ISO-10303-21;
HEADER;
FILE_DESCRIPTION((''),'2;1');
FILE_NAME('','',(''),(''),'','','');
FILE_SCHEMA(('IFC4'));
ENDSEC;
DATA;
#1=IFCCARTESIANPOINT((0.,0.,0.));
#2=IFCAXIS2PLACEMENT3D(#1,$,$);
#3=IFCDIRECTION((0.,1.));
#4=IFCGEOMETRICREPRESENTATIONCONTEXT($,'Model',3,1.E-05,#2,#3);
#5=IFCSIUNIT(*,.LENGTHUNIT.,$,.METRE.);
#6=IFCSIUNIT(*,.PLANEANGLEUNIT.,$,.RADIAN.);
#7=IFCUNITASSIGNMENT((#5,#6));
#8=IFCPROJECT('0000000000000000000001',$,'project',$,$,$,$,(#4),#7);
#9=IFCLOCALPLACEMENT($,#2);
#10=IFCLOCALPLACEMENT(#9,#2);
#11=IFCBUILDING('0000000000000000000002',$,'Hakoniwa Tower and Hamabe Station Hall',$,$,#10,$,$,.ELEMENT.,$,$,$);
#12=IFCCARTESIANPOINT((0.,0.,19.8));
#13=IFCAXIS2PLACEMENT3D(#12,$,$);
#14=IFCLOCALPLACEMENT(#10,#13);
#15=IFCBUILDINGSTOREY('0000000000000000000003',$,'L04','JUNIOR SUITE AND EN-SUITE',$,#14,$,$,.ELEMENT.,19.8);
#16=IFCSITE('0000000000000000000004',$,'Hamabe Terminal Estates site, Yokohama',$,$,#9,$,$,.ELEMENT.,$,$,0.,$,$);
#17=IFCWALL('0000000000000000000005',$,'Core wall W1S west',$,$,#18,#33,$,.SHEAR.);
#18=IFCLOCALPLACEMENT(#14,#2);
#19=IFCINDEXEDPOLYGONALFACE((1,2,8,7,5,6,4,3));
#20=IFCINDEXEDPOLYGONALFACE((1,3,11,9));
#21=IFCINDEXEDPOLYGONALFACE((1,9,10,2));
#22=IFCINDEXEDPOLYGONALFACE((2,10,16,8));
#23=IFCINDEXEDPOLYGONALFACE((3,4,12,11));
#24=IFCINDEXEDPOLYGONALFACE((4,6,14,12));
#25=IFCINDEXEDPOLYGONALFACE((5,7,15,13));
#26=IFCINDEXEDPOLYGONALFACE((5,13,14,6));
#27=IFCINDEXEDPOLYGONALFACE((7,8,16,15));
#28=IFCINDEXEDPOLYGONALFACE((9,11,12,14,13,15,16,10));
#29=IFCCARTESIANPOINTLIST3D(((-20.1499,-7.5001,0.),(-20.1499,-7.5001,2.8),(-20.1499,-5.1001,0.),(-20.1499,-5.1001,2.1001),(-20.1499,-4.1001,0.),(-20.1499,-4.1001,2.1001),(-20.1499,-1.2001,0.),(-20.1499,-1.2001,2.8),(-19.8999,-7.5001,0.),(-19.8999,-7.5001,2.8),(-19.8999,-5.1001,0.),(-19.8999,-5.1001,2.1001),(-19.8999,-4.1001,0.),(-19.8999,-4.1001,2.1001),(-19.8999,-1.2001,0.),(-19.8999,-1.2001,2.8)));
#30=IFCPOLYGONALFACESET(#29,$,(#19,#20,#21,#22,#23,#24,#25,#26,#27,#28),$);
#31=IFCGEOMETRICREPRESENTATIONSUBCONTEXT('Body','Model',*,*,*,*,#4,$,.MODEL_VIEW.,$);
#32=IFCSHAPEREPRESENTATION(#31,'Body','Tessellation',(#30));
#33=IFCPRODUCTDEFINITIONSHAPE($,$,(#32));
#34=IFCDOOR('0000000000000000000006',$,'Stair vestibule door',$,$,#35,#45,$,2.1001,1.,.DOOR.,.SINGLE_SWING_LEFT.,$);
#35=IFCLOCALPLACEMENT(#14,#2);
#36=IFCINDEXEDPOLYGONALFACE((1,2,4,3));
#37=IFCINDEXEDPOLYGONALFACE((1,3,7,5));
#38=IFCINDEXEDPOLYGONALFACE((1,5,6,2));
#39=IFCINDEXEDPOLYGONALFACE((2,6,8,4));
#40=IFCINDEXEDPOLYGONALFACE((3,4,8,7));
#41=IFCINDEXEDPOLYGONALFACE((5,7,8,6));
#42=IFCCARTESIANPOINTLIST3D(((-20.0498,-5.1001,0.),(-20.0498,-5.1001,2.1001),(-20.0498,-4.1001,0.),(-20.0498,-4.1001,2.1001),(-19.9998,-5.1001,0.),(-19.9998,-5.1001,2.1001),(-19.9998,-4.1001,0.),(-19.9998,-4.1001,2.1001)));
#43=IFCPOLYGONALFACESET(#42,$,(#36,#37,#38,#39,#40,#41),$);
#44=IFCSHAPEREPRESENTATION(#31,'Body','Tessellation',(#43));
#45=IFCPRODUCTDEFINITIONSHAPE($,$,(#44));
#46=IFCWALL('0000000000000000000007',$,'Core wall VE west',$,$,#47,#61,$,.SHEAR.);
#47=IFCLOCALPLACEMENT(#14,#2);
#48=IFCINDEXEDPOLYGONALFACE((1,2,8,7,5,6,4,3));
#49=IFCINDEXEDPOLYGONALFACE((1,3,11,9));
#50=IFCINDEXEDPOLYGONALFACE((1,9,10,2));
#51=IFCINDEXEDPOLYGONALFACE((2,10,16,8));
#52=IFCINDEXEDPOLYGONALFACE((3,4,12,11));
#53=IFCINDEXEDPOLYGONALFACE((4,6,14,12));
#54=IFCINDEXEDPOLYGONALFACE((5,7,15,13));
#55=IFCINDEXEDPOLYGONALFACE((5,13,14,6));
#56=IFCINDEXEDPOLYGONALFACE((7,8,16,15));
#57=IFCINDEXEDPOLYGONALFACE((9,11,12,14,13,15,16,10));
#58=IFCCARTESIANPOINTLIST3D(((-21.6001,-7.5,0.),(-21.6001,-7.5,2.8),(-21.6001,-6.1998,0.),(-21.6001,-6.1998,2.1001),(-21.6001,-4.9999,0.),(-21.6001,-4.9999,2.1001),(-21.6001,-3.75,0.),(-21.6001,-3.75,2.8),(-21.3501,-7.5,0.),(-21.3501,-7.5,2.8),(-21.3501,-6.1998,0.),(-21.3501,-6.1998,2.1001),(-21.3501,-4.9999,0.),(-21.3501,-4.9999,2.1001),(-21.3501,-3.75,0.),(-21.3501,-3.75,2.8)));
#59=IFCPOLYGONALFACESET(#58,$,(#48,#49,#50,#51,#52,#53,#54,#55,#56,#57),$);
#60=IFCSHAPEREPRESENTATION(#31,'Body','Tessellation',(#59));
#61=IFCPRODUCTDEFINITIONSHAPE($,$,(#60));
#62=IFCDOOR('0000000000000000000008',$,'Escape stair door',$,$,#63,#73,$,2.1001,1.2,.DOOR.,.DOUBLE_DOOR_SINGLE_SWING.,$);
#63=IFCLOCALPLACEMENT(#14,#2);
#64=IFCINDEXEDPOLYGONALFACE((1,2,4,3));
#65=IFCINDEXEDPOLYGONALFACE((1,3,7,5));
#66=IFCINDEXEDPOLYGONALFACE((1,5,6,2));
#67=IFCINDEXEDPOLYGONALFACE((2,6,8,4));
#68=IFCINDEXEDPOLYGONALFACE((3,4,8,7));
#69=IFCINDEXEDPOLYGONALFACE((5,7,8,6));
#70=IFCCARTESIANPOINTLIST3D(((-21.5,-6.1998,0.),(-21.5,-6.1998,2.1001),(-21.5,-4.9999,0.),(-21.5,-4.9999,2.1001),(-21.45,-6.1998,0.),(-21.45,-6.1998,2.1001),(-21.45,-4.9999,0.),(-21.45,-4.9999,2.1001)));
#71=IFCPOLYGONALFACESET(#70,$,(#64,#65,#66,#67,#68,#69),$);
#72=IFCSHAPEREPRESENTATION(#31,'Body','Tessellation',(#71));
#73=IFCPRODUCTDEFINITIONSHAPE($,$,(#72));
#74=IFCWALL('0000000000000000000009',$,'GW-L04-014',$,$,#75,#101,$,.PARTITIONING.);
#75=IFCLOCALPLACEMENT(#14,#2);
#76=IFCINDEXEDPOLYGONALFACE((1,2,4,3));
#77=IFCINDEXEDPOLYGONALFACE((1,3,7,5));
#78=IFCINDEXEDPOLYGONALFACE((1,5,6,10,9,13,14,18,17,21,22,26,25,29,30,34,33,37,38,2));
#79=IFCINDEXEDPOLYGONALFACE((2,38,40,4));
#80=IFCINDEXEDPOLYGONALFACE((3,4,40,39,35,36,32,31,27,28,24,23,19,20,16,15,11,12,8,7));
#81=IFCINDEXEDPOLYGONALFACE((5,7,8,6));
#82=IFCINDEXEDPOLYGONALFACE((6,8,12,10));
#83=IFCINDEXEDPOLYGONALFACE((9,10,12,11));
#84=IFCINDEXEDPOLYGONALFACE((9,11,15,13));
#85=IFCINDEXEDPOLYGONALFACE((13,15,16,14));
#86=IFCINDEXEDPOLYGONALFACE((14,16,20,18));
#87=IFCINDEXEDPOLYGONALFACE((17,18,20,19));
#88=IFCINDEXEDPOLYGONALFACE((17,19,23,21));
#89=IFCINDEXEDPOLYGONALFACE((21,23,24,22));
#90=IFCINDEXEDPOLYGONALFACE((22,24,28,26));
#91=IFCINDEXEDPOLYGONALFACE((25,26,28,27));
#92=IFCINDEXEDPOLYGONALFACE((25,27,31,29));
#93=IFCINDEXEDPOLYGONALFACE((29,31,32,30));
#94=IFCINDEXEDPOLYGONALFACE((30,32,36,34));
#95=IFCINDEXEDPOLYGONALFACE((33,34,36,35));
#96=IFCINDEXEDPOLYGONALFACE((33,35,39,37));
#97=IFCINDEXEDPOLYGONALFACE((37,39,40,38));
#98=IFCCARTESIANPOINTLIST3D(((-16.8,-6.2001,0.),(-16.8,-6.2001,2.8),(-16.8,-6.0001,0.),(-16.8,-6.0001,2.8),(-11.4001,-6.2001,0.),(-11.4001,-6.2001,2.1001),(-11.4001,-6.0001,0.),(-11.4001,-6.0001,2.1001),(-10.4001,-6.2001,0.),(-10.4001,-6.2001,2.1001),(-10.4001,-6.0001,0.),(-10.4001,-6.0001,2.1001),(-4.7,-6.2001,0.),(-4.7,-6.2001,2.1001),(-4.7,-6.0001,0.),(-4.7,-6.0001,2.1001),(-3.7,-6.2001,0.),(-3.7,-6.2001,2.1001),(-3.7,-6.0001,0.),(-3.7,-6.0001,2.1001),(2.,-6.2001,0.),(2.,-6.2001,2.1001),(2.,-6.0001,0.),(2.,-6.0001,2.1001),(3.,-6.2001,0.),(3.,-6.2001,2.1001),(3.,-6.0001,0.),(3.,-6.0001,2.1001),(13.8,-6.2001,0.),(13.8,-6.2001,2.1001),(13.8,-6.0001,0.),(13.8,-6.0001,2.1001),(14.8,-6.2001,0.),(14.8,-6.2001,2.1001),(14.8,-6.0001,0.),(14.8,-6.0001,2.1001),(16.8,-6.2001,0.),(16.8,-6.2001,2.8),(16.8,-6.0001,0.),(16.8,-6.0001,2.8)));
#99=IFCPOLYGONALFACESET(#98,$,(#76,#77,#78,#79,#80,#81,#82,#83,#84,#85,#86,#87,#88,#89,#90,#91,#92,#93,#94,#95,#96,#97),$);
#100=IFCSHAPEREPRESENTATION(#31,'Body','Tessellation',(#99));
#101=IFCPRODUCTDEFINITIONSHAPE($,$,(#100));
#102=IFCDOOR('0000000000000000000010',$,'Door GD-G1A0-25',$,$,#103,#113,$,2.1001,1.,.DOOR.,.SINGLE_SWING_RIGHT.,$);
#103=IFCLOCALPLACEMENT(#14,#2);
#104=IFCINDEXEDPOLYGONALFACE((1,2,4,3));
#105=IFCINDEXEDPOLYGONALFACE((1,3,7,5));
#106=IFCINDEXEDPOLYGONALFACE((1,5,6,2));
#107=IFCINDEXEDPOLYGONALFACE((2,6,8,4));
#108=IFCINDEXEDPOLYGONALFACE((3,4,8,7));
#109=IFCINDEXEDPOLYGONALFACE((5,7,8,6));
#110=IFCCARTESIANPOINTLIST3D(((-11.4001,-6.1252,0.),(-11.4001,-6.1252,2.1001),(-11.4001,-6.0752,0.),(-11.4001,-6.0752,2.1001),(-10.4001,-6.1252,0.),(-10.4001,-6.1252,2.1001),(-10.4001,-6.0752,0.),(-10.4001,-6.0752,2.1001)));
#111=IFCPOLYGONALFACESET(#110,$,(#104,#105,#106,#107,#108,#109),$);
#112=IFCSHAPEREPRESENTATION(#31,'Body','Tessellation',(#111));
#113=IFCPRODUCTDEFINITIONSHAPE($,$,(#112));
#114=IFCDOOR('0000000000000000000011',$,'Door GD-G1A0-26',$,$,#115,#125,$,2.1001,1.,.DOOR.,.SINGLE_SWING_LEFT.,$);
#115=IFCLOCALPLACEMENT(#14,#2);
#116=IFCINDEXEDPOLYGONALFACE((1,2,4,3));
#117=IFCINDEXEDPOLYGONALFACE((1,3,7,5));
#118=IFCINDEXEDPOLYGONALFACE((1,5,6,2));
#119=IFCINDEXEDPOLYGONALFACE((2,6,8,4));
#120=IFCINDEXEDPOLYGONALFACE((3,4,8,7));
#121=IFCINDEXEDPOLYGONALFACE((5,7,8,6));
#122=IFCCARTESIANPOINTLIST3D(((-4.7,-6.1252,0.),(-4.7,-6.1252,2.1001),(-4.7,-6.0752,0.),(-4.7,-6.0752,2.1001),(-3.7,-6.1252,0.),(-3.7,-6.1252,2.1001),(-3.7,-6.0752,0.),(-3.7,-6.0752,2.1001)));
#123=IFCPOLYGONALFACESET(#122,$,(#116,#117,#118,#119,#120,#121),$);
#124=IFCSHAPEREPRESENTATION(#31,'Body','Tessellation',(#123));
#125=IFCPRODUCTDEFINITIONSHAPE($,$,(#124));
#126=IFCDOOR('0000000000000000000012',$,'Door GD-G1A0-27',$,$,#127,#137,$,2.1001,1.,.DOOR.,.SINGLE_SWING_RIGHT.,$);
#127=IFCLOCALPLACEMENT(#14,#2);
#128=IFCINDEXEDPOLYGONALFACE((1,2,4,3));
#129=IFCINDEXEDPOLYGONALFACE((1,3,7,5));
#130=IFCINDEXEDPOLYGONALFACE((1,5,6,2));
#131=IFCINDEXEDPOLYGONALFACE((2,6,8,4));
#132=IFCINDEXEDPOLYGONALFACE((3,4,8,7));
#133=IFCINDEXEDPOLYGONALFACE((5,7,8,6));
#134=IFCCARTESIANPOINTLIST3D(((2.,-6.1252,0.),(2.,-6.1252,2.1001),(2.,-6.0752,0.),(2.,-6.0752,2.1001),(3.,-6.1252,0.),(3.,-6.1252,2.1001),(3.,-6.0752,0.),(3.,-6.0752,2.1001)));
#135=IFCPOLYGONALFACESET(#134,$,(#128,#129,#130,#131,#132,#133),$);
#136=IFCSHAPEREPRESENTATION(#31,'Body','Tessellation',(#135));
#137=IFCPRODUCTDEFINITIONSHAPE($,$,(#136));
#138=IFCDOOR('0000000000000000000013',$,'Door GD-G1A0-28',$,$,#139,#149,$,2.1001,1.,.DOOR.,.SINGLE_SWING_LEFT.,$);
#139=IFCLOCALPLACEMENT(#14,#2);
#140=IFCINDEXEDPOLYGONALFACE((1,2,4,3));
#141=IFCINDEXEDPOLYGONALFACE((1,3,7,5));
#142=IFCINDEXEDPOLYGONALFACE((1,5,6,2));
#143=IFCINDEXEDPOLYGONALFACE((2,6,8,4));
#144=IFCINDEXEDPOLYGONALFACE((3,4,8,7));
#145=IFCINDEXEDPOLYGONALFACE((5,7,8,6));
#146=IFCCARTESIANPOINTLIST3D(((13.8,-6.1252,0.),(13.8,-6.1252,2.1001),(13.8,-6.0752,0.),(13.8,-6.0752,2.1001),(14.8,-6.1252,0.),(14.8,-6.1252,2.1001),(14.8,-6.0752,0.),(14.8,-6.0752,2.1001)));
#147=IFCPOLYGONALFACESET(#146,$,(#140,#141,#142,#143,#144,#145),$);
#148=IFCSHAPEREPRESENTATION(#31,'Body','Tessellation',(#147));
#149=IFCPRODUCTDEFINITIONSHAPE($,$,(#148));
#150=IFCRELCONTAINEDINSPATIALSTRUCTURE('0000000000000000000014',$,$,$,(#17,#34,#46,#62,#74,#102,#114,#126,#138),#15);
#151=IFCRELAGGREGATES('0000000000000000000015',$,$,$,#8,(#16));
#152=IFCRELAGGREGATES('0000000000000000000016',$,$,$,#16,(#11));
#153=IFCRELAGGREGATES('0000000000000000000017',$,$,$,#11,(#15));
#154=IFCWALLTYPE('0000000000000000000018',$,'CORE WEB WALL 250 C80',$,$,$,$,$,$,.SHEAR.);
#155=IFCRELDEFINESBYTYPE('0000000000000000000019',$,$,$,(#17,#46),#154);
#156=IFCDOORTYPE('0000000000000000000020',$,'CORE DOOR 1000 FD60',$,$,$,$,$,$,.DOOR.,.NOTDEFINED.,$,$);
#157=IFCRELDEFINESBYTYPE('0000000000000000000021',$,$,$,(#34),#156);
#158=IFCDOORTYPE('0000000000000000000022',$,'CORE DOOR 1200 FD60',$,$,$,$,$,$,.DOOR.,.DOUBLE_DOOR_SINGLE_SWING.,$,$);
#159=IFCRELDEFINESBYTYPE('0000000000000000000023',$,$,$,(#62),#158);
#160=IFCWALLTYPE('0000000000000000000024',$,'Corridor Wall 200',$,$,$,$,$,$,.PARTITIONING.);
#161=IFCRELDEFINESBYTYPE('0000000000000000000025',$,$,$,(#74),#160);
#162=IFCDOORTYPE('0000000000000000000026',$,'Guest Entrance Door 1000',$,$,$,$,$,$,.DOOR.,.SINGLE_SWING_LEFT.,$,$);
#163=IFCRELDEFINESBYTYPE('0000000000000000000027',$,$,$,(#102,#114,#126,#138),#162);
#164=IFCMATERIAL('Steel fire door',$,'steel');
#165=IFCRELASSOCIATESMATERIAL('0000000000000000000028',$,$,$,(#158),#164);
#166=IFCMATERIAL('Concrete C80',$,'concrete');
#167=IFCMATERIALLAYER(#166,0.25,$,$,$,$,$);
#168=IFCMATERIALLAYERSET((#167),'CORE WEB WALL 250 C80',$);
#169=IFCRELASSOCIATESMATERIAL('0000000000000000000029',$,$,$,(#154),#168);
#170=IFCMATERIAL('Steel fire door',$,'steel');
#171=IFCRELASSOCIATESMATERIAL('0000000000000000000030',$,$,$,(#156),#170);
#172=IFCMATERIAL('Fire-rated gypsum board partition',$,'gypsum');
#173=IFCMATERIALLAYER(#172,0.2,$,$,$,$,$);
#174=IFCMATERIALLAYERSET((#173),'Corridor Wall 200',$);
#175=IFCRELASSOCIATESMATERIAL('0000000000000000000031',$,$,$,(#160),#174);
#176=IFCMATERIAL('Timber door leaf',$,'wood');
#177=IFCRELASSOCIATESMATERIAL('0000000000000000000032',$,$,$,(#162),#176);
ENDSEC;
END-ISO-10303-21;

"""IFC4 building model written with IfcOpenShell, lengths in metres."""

from ifc_helpers import new_model, si_unit, direction, frame, frame_2d, origin, place, context, subcontext, project, spatial, rectangle, extrude, material, layer, layer_set, type_object, element, fill, save


model = new_model("IFC4")

# Units and contexts
model_context = context("Model", 3, precision=1e-05, world=origin(), true_north=direction((0.0, 1.0)))
body_context = subcontext(model_context, "Body", "Model", "MODEL_VIEW")
ifc_project = project(units=[si_unit("LENGTHUNIT", "METRE"), si_unit("PLANEANGLEUNIT", "RADIAN")], contexts=[model_context])

# Site, building, storey
site_placement = place(None, origin())
site = spatial("IfcSite", under=ifc_project, at=site_placement, Name="Hamabe Terminal Estates site, Yokohama", CompositionType="ELEMENT", RefElevation=0.0)
building_placement = place(site_placement, origin())
building = spatial("IfcBuilding", under=site, at=building_placement, Name="Hakoniwa Tower and Hamabe Station Hall", CompositionType="ELEMENT")
storey_placement = place(building_placement, frame((0.0, 0.0, 19.8)))
storey = spatial("IfcBuildingStorey", under=building, at=storey_placement, Name="L04", Description="JUNIOR SUITE AND EN-SUITE", CompositionType="ELEMENT", Elevation=19.8)

# Shared definitions
ifc_material_1 = material(Name="Steel fire door", Category="steel")
door_type_1 = type_object("IfcDoorType", Name="CORE DOOR 1200 FD60", OperationType="DOUBLE_DOOR_SINGLE_SWING", PredefinedType="DOOR", material=ifc_material_1)

# Walls, openings, doors
ifc_material_2 = material(Name="Concrete C80", Category="concrete")
ifc_layer_1 = layer(ifc_material_2, 0.25)
ifc_layer_set_1 = layer_set([ifc_layer_1], Name="CORE WEB WALL 250 C80")
wall_type_1 = type_object("IfcWallType", Name="CORE WEB WALL 250 C80", PredefinedType="SHEAR", material=ifc_layer_set_1)
wall_1_placement = place(storey_placement, frame((-20.0249, -7.5, 0.0), z_axis=(0.0, 0.0, 1.0), x_axis=(0.0, 1.0, 0.0)))
wall_1 = element("IfcWall", 1, at=wall_1_placement, inside=storey, type_object=wall_type_1, Name="Core wall W1S west", PredefinedType="SHEAR", context=body_context, shape_type="SweptSolid", body=[
    extrude(rectangle(XDim=6.3, YDim=0.25, at=frame_2d((3.1499, 0.0))), origin(), (0.0, 0.0, 1.0), 2.8),
])
opening_1_placement = place(wall_1_placement, frame((2.3999, 0.0, 0.0)))
opening_1 = element("IfcOpeningElement", 2, at=opening_1_placement, cuts=wall_1, PredefinedType="OPENING", context=body_context, shape_type="SweptSolid", body=[
    extrude(rectangle(XDim=1.0, YDim=2.1001, at=frame_2d((0.5, 1.05))), frame((0.0, 0.135, 0.0), z_axis=(0.0, -1.0, 0.0), x_axis=(1.0, 0.0, 0.0)), (0.0, 0.0, 1.0), 0.27),
])
ifc_material_3 = material(Name="Steel fire door", Category="steel")
door_type_2 = type_object("IfcDoorType", Name="CORE DOOR 1000 FD60", OperationType="NOTDEFINED", PredefinedType="DOOR", material=ifc_material_3)
door_1_placement = place(opening_1_placement, origin())
door_1 = element("IfcDoor", 3, at=door_1_placement, inside=storey, type_object=door_type_2, Name="Stair vestibule door", OperationType="SINGLE_SWING_LEFT", OverallHeight=2.1001, OverallWidth=1.0, PredefinedType="DOOR", context=body_context, shape_type="SweptSolid", body=[
    extrude(rectangle(XDim=1.0, YDim=2.1001, at=frame_2d((0.5, 1.05))), frame((0.0, 0.0249, 0.0), z_axis=(0.0, -1.0, 0.0), x_axis=(1.0, 0.0, 0.0)), (0.0, 0.0, 1.0), 0.05),
])
fill(opening_1, door_1)
wall_2_placement = place(storey_placement, frame((-21.4751, -7.5, 0.0), z_axis=(0.0, 0.0, 1.0), x_axis=(0.0, 1.0, 0.0)))
wall_2 = element("IfcWall", 4, at=wall_2_placement, inside=storey, type_object=wall_type_1, Name="Core wall VE west", PredefinedType="SHEAR", context=body_context, shape_type="SweptSolid", body=[
    extrude(rectangle(XDim=3.75, YDim=0.25, at=frame_2d((1.875, 0.0))), origin(), (0.0, 0.0, 1.0), 2.8),
])
opening_2_placement = place(wall_2_placement, frame((1.3, 0.0, 0.0)))
opening_2 = element("IfcOpeningElement", 5, at=opening_2_placement, cuts=wall_2, PredefinedType="OPENING", context=body_context, shape_type="SweptSolid", body=[
    extrude(rectangle(XDim=1.2, YDim=2.1001, at=frame_2d((0.6001, 1.05))), frame((0.0, 0.135, 0.0), z_axis=(0.0, -1.0, 0.0), x_axis=(1.0, 0.0, 0.0)), (0.0, 0.0, 1.0), 0.27),
])
door_2_placement = place(opening_2_placement, origin())
door_2 = element("IfcDoor", 6, at=door_2_placement, inside=storey, type_object=door_type_1, Name="Escape stair door", OperationType="DOUBLE_DOOR_SINGLE_SWING", OverallHeight=2.1001, OverallWidth=1.2, PredefinedType="DOOR", context=body_context, shape_type="SweptSolid", body=[
    extrude(rectangle(XDim=1.2, YDim=2.1001, at=frame_2d((0.6001, 1.05))), frame((0.0, 0.0249, 0.0), z_axis=(0.0, -1.0, 0.0), x_axis=(1.0, 0.0, 0.0)), (0.0, 0.0, 1.0), 0.05),
])
fill(opening_2, door_2)

# Wall, openings, doors
ifc_material_4 = material(Name="Fire-rated gypsum board partition", Category="gypsum")
ifc_layer_2 = layer(ifc_material_4, 0.2)
ifc_layer_set_2 = layer_set([ifc_layer_2], Name="Corridor Wall 200")
wall_type_2 = type_object("IfcWallType", Name="Corridor Wall 200", PredefinedType="PARTITIONING", material=ifc_layer_set_2)
wall_3_placement = place(storey_placement, frame((-16.8, -6.1001, 0.0), z_axis=(0.0, 0.0, 1.0), x_axis=(1.0, 0.0, 0.0)))
wall_3 = element("IfcWall", 7, at=wall_3_placement, inside=storey, type_object=wall_type_2, Name="GW-L04-014", PredefinedType="PARTITIONING", context=body_context, shape_type="SweptSolid", body=[
    extrude(rectangle(XDim=33.6001, YDim=0.2, at=frame_2d((16.8, 0.0))), origin(), (0.0, 0.0, 1.0), 2.8),
])
opening_3_placement = place(wall_3_placement, frame((5.3999, 0.0, 0.0)))
opening_3 = element("IfcOpeningElement", 8, at=opening_3_placement, cuts=wall_3, PredefinedType="OPENING", context=body_context, shape_type="SweptSolid", body=[
    extrude(rectangle(XDim=1.0, YDim=2.1001, at=frame_2d((0.5, 1.05))), frame((0.0, 0.1099, 0.0), z_axis=(0.0, -1.0, 0.0), x_axis=(1.0, 0.0, 0.0)), (0.0, 0.0, 1.0), 0.22),
])
opening_4_placement = place(wall_3_placement, frame((12.1001, 0.0, 0.0)))
opening_4 = element("IfcOpeningElement", 9, at=opening_4_placement, cuts=wall_3, PredefinedType="OPENING", context=body_context, shape_type="SweptSolid", body=[
    extrude(rectangle(XDim=1.0, YDim=2.1001, at=frame_2d((0.5, 1.05))), frame((0.0, 0.1099, 0.0), z_axis=(0.0, -1.0, 0.0), x_axis=(1.0, 0.0, 0.0)), (0.0, 0.0, 1.0), 0.22),
])
opening_5_placement = place(wall_3_placement, frame((18.8, 0.0, 0.0)))
opening_5 = element("IfcOpeningElement", 10, at=opening_5_placement, cuts=wall_3, PredefinedType="OPENING", context=body_context, shape_type="SweptSolid", body=[
    extrude(rectangle(XDim=1.0, YDim=2.1001, at=frame_2d((0.5, 1.05))), frame((0.0, 0.1099, 0.0), z_axis=(0.0, -1.0, 0.0), x_axis=(1.0, 0.0, 0.0)), (0.0, 0.0, 1.0), 0.22),
])
opening_6_placement = place(wall_3_placement, frame((30.6001, 0.0, 0.0)))
opening_6 = element("IfcOpeningElement", 11, at=opening_6_placement, cuts=wall_3, PredefinedType="OPENING", context=body_context, shape_type="SweptSolid", body=[
    extrude(rectangle(XDim=1.0, YDim=2.1001, at=frame_2d((0.5, 1.05))), frame((0.0, 0.1099, 0.0), z_axis=(0.0, -1.0, 0.0), x_axis=(1.0, 0.0, 0.0)), (0.0, 0.0, 1.0), 0.22),
])
ifc_material_5 = material(Name="Timber door leaf", Category="wood")
door_type_3 = type_object("IfcDoorType", Name="Guest Entrance Door 1000", OperationType="SINGLE_SWING_LEFT", PredefinedType="DOOR", material=ifc_material_5)
door_3_placement = place(opening_3_placement, origin())
door_3 = element("IfcDoor", 12, at=door_3_placement, inside=storey, type_object=door_type_3, Name="Door GD-G1A0-25", OperationType="SINGLE_SWING_RIGHT", OverallHeight=2.1001, OverallWidth=1.0, PredefinedType="DOOR", context=body_context, shape_type="SweptSolid", body=[
    extrude(rectangle(XDim=1.0, YDim=2.1001, at=frame_2d((0.5, 1.05))), frame((0.0, 0.0249, 0.0), z_axis=(0.0, -1.0, 0.0), x_axis=(1.0, 0.0, 0.0)), (0.0, 0.0, 1.0), 0.05),
])
fill(opening_3, door_3)
door_4_placement = place(opening_4_placement, origin())
door_4 = element("IfcDoor", 13, at=door_4_placement, inside=storey, type_object=door_type_3, Name="Door GD-G1A0-26", OperationType="SINGLE_SWING_LEFT", OverallHeight=2.1001, OverallWidth=1.0, PredefinedType="DOOR", context=body_context, shape_type="SweptSolid", body=[
    extrude(rectangle(XDim=1.0, YDim=2.1001, at=frame_2d((0.5, 1.05))), frame((0.0, 0.0249, 0.0), z_axis=(0.0, -1.0, 0.0), x_axis=(1.0, 0.0, 0.0)), (0.0, 0.0, 1.0), 0.05),
])
fill(opening_4, door_4)
door_5_placement = place(opening_5_placement, origin())
door_5 = element("IfcDoor", 14, at=door_5_placement, inside=storey, type_object=door_type_3, Name="Door GD-G1A0-27", OperationType="SINGLE_SWING_RIGHT", OverallHeight=2.1001, OverallWidth=1.0, PredefinedType="DOOR", context=body_context, shape_type="SweptSolid", body=[
    extrude(rectangle(XDim=1.0, YDim=2.1001, at=frame_2d((0.5, 1.05))), frame((0.0, 0.0249, 0.0), z_axis=(0.0, -1.0, 0.0), x_axis=(1.0, 0.0, 0.0)), (0.0, 0.0, 1.0), 0.05),
])
fill(opening_5, door_5)
door_6_placement = place(opening_6_placement, origin())
door_6 = element("IfcDoor", 15, at=door_6_placement, inside=storey, type_object=door_type_3, Name="Door GD-G1A0-28", OperationType="SINGLE_SWING_LEFT", OverallHeight=2.1001, OverallWidth=1.0, PredefinedType="DOOR", context=body_context, shape_type="SweptSolid", body=[
    extrude(rectangle(XDim=1.0, YDim=2.1001, at=frame_2d((0.5, 1.05))), frame((0.0, 0.0249, 0.0), z_axis=(0.0, -1.0, 0.0), x_axis=(1.0, 0.0, 0.0)), (0.0, 0.0, 1.0), 0.05),
])
fill(opening_6, door_6)

save(model, "model.ifc")
